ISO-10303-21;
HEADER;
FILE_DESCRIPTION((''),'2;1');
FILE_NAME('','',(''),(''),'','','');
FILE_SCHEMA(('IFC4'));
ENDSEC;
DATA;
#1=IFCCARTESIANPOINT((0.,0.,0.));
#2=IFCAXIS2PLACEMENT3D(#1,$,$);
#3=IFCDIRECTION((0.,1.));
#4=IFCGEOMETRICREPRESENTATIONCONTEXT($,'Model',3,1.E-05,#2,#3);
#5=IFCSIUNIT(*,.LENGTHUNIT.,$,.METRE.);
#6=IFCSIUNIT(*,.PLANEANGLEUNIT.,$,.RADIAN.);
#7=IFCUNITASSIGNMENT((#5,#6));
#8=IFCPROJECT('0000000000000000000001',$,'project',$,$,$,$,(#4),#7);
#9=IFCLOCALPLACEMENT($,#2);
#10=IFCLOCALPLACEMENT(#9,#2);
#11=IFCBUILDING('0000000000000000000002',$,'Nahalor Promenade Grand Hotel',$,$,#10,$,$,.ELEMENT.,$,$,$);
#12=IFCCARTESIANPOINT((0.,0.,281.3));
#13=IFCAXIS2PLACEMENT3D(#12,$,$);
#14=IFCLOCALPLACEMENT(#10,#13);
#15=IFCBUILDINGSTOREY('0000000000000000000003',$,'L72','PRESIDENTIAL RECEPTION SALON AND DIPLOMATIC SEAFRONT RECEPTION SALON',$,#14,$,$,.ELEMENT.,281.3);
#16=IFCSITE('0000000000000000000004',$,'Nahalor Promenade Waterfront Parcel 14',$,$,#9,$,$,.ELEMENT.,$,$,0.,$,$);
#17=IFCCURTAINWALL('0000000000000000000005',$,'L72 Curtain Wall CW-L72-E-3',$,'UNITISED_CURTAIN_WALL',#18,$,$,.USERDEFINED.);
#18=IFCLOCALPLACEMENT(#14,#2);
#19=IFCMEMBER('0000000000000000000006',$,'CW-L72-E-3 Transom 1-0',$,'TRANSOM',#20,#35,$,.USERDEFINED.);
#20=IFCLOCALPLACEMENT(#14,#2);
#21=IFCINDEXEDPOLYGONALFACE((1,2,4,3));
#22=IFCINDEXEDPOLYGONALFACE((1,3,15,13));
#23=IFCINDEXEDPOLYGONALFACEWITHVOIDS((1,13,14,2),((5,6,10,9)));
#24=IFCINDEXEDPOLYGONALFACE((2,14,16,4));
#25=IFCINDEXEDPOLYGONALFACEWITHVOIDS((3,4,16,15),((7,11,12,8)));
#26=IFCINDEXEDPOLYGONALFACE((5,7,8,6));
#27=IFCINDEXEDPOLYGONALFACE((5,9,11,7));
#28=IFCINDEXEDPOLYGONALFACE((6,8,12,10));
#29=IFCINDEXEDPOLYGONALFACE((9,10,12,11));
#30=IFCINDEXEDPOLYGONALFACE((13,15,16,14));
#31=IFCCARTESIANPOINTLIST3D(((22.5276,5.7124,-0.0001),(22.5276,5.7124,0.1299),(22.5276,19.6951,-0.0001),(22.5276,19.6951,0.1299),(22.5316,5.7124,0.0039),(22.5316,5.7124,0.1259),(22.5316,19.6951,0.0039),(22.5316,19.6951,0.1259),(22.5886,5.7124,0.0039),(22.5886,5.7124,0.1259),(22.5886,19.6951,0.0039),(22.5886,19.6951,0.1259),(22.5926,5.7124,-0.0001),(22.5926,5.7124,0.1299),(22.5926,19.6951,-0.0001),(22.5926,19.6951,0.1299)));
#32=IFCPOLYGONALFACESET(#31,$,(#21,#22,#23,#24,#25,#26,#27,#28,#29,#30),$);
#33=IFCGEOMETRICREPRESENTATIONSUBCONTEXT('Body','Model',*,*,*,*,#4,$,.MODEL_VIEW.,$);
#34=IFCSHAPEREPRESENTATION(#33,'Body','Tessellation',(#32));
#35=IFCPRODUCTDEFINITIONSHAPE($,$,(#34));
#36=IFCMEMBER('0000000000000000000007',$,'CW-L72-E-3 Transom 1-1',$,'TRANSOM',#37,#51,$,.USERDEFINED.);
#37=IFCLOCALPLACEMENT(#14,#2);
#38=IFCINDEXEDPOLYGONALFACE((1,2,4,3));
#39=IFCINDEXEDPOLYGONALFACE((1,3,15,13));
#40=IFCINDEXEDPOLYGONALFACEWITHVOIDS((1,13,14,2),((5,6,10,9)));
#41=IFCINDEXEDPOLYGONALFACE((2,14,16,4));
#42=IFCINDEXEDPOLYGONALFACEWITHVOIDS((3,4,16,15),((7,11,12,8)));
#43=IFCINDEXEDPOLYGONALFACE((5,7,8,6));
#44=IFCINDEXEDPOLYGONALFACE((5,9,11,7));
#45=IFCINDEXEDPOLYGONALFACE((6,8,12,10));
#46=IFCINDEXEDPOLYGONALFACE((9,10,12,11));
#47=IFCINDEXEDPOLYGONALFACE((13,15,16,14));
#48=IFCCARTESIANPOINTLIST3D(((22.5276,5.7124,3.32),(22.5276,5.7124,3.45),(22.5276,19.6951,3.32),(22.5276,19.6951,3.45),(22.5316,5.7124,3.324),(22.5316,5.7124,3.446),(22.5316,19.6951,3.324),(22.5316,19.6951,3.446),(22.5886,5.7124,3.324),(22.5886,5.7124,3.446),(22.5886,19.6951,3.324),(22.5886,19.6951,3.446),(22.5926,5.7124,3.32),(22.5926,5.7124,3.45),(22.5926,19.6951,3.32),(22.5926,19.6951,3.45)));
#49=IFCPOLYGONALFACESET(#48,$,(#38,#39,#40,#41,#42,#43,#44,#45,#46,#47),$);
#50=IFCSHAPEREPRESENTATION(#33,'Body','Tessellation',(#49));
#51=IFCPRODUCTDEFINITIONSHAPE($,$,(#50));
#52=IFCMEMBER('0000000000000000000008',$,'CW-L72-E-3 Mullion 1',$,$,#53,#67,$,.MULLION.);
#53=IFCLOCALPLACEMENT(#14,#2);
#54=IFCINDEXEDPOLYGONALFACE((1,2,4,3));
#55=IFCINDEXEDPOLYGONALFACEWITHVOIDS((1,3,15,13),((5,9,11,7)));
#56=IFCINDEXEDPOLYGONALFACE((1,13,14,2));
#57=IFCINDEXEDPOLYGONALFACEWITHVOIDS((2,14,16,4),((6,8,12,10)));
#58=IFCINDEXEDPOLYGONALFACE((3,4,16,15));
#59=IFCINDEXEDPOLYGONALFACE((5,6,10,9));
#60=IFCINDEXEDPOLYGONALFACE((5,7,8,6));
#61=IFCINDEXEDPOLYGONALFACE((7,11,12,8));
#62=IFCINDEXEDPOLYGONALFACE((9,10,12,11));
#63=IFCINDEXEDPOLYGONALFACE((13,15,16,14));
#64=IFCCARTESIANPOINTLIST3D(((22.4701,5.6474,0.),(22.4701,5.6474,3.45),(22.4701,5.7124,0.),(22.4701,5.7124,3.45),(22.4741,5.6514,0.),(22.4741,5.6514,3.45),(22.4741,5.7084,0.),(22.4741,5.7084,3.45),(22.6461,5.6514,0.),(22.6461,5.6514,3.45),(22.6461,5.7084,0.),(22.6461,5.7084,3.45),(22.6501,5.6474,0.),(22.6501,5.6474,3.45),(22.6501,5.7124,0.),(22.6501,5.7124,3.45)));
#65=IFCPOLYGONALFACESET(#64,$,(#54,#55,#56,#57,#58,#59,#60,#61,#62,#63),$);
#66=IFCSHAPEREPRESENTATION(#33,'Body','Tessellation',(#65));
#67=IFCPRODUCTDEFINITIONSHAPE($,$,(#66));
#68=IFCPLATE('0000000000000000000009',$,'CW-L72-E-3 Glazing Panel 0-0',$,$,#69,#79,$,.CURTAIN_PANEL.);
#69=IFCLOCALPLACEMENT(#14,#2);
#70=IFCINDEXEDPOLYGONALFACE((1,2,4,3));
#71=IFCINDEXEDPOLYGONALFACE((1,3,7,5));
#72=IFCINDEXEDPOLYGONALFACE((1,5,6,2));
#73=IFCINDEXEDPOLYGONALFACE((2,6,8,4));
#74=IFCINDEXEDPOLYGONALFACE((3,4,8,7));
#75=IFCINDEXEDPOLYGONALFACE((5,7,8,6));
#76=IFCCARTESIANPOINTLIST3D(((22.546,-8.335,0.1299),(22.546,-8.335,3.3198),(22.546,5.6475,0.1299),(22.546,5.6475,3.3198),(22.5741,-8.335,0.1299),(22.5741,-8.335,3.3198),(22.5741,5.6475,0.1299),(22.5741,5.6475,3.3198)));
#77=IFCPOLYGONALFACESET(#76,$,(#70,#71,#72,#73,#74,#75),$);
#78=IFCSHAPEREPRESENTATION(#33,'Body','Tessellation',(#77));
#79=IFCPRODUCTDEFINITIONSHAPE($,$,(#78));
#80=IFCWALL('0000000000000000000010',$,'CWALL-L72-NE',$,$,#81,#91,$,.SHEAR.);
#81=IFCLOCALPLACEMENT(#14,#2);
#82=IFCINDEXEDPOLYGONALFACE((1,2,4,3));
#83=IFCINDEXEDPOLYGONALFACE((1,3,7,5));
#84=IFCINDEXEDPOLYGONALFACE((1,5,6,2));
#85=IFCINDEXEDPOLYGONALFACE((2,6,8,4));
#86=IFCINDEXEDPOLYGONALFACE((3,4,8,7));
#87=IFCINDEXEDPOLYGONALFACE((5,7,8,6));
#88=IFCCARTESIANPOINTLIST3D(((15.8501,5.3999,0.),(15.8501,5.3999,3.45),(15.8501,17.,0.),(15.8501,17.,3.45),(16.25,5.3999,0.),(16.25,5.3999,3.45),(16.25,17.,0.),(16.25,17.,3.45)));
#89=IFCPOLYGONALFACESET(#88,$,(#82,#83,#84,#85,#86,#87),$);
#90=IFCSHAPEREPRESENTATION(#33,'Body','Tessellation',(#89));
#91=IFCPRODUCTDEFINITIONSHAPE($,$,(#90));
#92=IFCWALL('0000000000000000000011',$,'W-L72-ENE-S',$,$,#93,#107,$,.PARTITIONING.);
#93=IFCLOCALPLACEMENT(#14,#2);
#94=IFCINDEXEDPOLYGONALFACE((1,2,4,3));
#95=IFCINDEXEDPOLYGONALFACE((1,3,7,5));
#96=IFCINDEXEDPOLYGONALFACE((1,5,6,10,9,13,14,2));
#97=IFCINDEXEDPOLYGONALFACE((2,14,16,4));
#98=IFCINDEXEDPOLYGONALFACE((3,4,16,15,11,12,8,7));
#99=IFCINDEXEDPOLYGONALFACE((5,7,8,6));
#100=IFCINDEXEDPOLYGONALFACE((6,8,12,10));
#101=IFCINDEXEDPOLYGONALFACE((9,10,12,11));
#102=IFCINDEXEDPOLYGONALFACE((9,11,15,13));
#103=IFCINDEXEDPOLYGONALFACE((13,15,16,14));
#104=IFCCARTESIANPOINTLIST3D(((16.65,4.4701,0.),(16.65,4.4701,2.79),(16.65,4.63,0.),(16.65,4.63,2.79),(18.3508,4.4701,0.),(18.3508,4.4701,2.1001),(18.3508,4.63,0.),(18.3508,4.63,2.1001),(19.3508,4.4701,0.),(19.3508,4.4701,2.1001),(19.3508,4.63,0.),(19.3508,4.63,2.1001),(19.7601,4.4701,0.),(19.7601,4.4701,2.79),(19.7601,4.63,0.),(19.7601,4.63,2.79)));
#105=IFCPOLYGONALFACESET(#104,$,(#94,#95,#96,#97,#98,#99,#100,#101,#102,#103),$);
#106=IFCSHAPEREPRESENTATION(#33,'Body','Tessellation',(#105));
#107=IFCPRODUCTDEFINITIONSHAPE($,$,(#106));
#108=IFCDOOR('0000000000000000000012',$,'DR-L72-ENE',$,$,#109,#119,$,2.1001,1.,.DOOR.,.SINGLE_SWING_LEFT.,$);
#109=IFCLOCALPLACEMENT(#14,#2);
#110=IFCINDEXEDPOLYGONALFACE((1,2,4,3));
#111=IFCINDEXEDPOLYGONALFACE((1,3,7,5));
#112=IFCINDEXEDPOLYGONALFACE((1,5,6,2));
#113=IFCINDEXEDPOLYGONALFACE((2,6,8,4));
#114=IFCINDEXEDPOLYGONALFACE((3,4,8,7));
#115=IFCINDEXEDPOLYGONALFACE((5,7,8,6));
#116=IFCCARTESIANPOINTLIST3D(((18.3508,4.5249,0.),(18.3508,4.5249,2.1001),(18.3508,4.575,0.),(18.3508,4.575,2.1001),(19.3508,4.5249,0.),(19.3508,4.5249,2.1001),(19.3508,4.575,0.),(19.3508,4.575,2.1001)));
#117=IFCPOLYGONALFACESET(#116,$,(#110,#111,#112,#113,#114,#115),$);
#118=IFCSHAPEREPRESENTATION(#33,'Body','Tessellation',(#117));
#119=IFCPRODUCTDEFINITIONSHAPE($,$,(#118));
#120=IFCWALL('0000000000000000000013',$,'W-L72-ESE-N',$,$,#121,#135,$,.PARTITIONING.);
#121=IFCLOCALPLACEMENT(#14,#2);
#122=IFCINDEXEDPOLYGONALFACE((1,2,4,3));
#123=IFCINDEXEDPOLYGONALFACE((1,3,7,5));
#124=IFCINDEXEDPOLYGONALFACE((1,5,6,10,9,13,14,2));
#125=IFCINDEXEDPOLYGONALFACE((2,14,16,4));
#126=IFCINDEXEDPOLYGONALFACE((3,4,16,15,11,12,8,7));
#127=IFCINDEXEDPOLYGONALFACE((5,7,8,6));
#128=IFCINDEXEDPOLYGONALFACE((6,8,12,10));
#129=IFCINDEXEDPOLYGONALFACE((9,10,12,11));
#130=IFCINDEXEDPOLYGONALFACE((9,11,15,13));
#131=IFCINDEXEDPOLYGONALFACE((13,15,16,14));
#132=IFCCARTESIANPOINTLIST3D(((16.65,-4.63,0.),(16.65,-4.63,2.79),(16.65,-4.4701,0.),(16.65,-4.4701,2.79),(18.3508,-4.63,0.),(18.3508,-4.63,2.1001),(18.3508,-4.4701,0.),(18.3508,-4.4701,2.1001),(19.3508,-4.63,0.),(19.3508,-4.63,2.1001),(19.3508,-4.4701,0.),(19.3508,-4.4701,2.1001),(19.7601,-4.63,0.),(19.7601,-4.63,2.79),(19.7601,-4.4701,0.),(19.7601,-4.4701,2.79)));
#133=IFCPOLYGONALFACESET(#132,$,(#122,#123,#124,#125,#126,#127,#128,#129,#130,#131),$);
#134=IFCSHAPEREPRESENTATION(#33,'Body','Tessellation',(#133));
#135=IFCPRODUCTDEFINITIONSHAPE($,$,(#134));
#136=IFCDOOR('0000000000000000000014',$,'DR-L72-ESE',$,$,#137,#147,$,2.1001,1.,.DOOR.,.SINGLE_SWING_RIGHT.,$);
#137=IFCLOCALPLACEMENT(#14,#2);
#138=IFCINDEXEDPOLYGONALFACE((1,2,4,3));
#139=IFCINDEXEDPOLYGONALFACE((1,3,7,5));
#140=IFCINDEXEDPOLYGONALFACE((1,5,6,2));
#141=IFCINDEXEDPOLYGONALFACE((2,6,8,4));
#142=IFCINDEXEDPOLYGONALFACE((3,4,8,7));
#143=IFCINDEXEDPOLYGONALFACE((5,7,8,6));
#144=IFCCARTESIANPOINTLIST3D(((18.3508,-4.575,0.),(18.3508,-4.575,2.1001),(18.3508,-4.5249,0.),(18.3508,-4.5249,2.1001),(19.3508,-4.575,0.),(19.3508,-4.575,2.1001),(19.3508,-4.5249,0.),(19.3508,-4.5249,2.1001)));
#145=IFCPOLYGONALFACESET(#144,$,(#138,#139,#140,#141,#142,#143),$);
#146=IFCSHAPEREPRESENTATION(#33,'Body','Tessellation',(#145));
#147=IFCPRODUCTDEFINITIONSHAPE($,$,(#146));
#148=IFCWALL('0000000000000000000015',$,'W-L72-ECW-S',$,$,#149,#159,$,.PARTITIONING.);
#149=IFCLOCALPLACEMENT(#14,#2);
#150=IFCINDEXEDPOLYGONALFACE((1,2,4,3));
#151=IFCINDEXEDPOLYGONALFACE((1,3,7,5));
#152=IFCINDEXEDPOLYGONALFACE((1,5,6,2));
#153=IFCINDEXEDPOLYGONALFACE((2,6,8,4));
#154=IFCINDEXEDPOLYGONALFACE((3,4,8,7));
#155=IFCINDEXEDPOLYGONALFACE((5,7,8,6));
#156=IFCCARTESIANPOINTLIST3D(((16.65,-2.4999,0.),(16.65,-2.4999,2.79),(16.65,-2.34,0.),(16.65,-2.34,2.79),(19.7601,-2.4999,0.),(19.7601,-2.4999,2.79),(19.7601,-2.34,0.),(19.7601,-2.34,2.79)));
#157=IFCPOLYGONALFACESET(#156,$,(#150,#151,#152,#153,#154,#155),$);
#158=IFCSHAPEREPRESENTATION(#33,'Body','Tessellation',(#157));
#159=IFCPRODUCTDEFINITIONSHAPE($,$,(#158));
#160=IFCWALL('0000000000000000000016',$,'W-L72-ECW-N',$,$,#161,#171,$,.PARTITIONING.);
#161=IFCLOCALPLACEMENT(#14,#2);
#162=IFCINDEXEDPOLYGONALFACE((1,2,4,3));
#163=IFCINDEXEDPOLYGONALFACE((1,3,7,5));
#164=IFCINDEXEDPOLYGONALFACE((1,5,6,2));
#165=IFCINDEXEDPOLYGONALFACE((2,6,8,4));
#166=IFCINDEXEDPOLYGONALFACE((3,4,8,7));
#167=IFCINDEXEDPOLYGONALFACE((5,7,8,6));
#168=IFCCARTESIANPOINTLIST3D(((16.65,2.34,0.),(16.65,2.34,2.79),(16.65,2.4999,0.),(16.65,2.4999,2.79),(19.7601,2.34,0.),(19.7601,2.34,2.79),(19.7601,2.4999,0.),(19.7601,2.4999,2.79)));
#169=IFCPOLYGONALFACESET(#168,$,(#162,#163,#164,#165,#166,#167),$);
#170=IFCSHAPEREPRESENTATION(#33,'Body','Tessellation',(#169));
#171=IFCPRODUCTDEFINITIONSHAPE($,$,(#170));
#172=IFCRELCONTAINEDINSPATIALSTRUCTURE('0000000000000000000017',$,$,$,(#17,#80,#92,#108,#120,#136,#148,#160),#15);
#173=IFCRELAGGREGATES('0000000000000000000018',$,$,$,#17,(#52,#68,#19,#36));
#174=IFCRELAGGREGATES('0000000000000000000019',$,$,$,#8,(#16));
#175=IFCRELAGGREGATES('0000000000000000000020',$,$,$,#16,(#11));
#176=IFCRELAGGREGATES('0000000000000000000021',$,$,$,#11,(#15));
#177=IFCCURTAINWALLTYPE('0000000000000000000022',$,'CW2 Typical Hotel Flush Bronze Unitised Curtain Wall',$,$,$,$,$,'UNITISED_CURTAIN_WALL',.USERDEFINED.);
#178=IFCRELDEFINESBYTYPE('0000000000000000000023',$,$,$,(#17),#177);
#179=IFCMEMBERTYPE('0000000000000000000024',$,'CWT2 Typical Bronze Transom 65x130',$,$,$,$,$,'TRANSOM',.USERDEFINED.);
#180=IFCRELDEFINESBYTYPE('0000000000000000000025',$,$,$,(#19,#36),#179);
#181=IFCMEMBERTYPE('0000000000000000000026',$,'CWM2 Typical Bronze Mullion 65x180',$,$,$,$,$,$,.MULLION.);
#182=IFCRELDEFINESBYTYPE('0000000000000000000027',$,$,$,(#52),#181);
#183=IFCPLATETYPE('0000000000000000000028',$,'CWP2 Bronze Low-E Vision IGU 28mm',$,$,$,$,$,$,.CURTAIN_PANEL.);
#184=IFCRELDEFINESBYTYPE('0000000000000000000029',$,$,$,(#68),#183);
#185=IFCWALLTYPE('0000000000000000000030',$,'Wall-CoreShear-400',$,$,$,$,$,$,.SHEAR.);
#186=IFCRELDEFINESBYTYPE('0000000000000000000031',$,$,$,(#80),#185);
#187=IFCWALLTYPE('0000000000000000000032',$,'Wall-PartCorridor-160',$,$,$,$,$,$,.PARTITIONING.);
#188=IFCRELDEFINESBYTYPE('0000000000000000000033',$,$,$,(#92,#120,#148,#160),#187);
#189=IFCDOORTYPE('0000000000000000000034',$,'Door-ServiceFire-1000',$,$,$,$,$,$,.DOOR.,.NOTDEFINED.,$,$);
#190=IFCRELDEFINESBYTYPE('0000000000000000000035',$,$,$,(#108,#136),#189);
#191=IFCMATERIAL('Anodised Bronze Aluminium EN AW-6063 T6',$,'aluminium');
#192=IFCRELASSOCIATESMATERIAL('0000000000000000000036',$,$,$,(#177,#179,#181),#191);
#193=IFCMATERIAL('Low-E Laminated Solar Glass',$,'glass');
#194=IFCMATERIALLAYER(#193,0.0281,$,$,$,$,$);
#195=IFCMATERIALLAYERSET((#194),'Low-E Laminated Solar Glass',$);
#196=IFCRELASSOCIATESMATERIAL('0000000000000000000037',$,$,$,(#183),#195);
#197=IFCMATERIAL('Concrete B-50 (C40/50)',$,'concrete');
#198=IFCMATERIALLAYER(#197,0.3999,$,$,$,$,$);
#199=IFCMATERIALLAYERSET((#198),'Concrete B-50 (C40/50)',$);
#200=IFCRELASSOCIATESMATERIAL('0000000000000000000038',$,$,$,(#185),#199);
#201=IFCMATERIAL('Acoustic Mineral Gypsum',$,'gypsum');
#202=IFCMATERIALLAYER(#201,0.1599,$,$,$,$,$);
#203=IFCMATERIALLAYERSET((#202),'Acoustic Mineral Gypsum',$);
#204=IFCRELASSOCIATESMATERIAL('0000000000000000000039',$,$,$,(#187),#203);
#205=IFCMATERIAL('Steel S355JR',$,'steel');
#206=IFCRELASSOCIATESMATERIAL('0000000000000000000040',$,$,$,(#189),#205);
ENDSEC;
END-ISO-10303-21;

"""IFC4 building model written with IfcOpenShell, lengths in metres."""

from ifc_helpers import new_model, si_unit, direction, frame, frame_2d, origin, origin_2d, place, context, subcontext, project, spatial, rectangle, hollow_rectangle, extrude, source, transform, mapped, material, layer, layer_set, material_profile, profile_set, type_object, element, fill, aggregate, save


model = new_model("IFC4")

# Units and contexts
model_context = context("Model", 3, precision=1e-05, world=origin(), true_north=direction((0.0, 1.0)))
body_context = subcontext(model_context, "Body", "Model", "MODEL_VIEW")
ifc_project = project(units=[si_unit("LENGTHUNIT", "METRE"), si_unit("PLANEANGLEUNIT", "RADIAN")], contexts=[model_context])

# Site, building, storey
site_placement = place(None, origin())
site = spatial("IfcSite", under=ifc_project, at=site_placement, Name="Nahalor Promenade Waterfront Parcel 14", CompositionType="ELEMENT", RefElevation=0.0)
building_placement = place(site_placement, origin())
building = spatial("IfcBuilding", under=site, at=building_placement, Name="Nahalor Promenade Grand Hotel", CompositionType="ELEMENT")
storey_placement = place(building_placement, frame((0.0, 0.0, 281.3)))
storey = spatial("IfcBuildingStorey", under=building, at=storey_placement, Name="L72", Description="PRESIDENTIAL RECEPTION SALON AND DIPLOMATIC SEAFRONT RECEPTION SALON", CompositionType="ELEMENT", Elevation=281.3)

# Shared definitions
ifc_material_1 = material(Name="Steel S355JR", Category="steel")

# Curtain wall, members, plate
ifc_material_2 = material(Name="Anodised Bronze Aluminium EN AW-6063 T6", Category="aluminium")
curtain_wall_type = type_object("IfcCurtainWallType", Name="CW2 Typical Hotel Flush Bronze Unitised Curtain Wall", ElementType="UNITISED_CURTAIN_WALL", PredefinedType="USERDEFINED", material=ifc_material_2)
curtain_wall_placement = place(storey_placement, origin())
curtain_wall = element("IfcCurtainWall", 1, at=curtain_wall_placement, inside=storey, type_object=curtain_wall_type, Name="L72 Curtain Wall CW-L72-E-3", ObjectType="UNITISED_CURTAIN_WALL", PredefinedType="USERDEFINED")
ifc_material_profile_1 = material_profile(ifc_material_2, hollow_rectangle(XDim=0.065, YDim=0.13, WallThickness=0.004, at=origin_2d()), Name="CWT 65x130x4")
ifc_profile_set_1 = profile_set([ifc_material_profile_1], Name="Anodised Bronze Aluminium EN AW-6063 T6")
member_type_1 = type_object("IfcMemberType", Name="CWT2 Typical Bronze Transom 65x130", ElementType="TRANSOM", PredefinedType="USERDEFINED", material=ifc_profile_set_1)
shared_shape_1 = source(origin(), body_context, "Body", "SweptSolid", [
    extrude(hollow_rectangle(XDim=0.065, YDim=0.13, WallThickness=0.004, at=origin_2d()), origin(), (0.0, 0.0, 1.0), 13.9827),
])
member_1_placement = place(storey_placement, frame((22.5601, 5.7124, 0.0649), z_axis=(0.0, 1.0, 0.0), x_axis=(-1.0, 0.0, 0.0)))
member_1 = element("IfcMember", 2, at=member_1_placement, type_object=member_type_1, Name="CW-L72-E-3 Transom 1-0", ObjectType="TRANSOM", PredefinedType="USERDEFINED", context=body_context, shape_type="MappedRepresentation", body=[
    mapped(shared_shape_1, transform((0.0, 0.0, 0.0), scale=1.0)),
])
member_2_placement = place(storey_placement, frame((22.5601, 5.7124, 3.385), z_axis=(0.0, 1.0, 0.0), x_axis=(-1.0, 0.0, 0.0)))
member_2 = element("IfcMember", 3, at=member_2_placement, type_object=member_type_1, Name="CW-L72-E-3 Transom 1-1", ObjectType="TRANSOM", PredefinedType="USERDEFINED", context=body_context, shape_type="MappedRepresentation", body=[
    mapped(shared_shape_1, transform((0.0, 0.0, 0.0), scale=1.0)),
])
ifc_material_profile_2 = material_profile(ifc_material_2, hollow_rectangle(XDim=0.065, YDim=0.18, WallThickness=0.004, at=origin_2d()), Name="CWM 65x180x4")
ifc_profile_set_2 = profile_set([ifc_material_profile_2], Name="Anodised Bronze Aluminium EN AW-6063 T6")
member_type_2 = type_object("IfcMemberType", Name="CWM2 Typical Bronze Mullion 65x180", PredefinedType="MULLION", material=ifc_profile_set_2)
shared_shape_2 = source(origin(), body_context, "Body", "SweptSolid", [
    extrude(hollow_rectangle(XDim=0.065, YDim=0.18, WallThickness=0.004, at=origin_2d()), origin(), (0.0, 0.0, 1.0), 3.45),
])
member_3_placement = place(storey_placement, frame((22.5601, 5.6799, 0.0), z_axis=(0.0, 0.0, 1.0), x_axis=(0.0, 1.0, 0.0)))
member_3 = element("IfcMember", 4, at=member_3_placement, type_object=member_type_2, Name="CW-L72-E-3 Mullion 1", PredefinedType="MULLION", context=body_context, shape_type="MappedRepresentation", body=[
    mapped(shared_shape_2, transform((0.0, 0.0, 0.0), scale=1.0)),
])
ifc_material_3 = material(Name="Low-E Laminated Solar Glass", Category="glass")
ifc_layer_1 = layer(ifc_material_3, 0.0281)
ifc_layer_set_1 = layer_set([ifc_layer_1], Name="Low-E Laminated Solar Glass")
plate_type = type_object("IfcPlateType", Name="CWP2 Bronze Low-E Vision IGU 28mm", PredefinedType="CURTAIN_PANEL", material=ifc_layer_set_1)
shared_shape_3 = source(origin(), body_context, "Body", "SweptSolid", [
    extrude(rectangle(XDim=13.9824, YDim=0.0281, at=origin_2d()), origin(), (0.0, 0.0, 1.0), 3.1899),
])
plate_placement = place(storey_placement, frame((22.5601, -1.3438, 0.1299), z_axis=(0.0, 0.0, 1.0), x_axis=(0.0, 1.0, 0.0)))
plate = element("IfcPlate", 5, at=plate_placement, type_object=plate_type, Name="CW-L72-E-3 Glazing Panel 0-0", PredefinedType="CURTAIN_PANEL", context=body_context, shape_type="MappedRepresentation", body=[
    mapped(shared_shape_3, transform((0.0, 0.0, 0.0), scale=1.0)),
])
aggregate(curtain_wall, [member_3, plate, member_1, member_2])

# Wall
ifc_material_4 = material(Name="Concrete B-50 (C40/50)", Category="concrete")
ifc_layer_2 = layer(ifc_material_4, 0.3999)
ifc_layer_set_2 = layer_set([ifc_layer_2], Name="Concrete B-50 (C40/50)")
wall_type_1 = type_object("IfcWallType", Name="Wall-CoreShear-400", PredefinedType="SHEAR", material=ifc_layer_set_2)
shared_shape_4 = source(origin(), body_context, "Body", "SweptSolid", [
    extrude(rectangle(XDim=11.6001, YDim=0.3999, at=frame_2d((5.8, 0.0))), origin(), (0.0, 0.0, 1.0), 3.45),
])
wall_1_placement = place(storey_placement, frame((16.05, 5.3999, 0.0), z_axis=(0.0, 0.0, 1.0), x_axis=(0.0, 1.0, 0.0)))
element("IfcWall", 6, at=wall_1_placement, inside=storey, type_object=wall_type_1, Name="CWALL-L72-NE", PredefinedType="SHEAR", context=body_context, shape_type="MappedRepresentation", body=[
    mapped(shared_shape_4, transform((0.0, 0.0, 0.0), scale=1.0)),
])

# Walls, openings, doors
ifc_material_5 = material(Name="Acoustic Mineral Gypsum", Category="gypsum")
ifc_layer_3 = layer(ifc_material_5, 0.1599)
ifc_layer_set_3 = layer_set([ifc_layer_3], Name="Acoustic Mineral Gypsum")
wall_type_2 = type_object("IfcWallType", Name="Wall-PartCorridor-160", PredefinedType="PARTITIONING", material=ifc_layer_set_3)
shared_shape_5 = source(origin(), body_context, "Body", "SweptSolid", [
    extrude(rectangle(XDim=3.1101, YDim=0.1599, at=frame_2d((1.5552, 0.0))), origin(), (0.0, 0.0, 1.0), 2.79),
])
wall_2_placement = place(storey_placement, frame((16.6499, 4.55, 0.0), z_axis=(0.0, 0.0, 1.0), x_axis=(1.0, 0.0, 0.0)))
wall_2 = element("IfcWall", 7, at=wall_2_placement, inside=storey, type_object=wall_type_2, Name="W-L72-ENE-S", PredefinedType="PARTITIONING", context=body_context, shape_type="MappedRepresentation", body=[
    mapped(shared_shape_5, transform((0.0, 0.0, 0.0), scale=1.0)),
])
opening_1_placement = place(wall_2_placement, frame((1.7009, 0.0, 0.0)))
opening_1 = element("IfcOpeningElement", 8, at=opening_1_placement, cuts=wall_2, PredefinedType="OPENING", context=body_context, shape_type="SweptSolid", body=[
    extrude(rectangle(XDim=1.0, YDim=2.1001, at=frame_2d((0.5, 1.05))), frame((0.0, 0.0898, 0.0), z_axis=(0.0, -1.0, 0.0), x_axis=(1.0, 0.0, 0.0)), (0.0, 0.0, 1.0), 0.1799),
])
door_type_1 = type_object("IfcDoorType", Name="Door-ServiceFire-1000", OperationType="NOTDEFINED", PredefinedType="DOOR", material=ifc_material_1)
shared_shape_6 = source(origin(), body_context, "Body", "SweptSolid", [
    extrude(rectangle(XDim=1.0, YDim=2.1001, at=frame_2d((0.5, 1.05))), frame((0.0, 0.0249, 0.0), z_axis=(0.0, -1.0, 0.0), x_axis=(1.0, 0.0, 0.0)), (0.0, 0.0, 1.0), 0.05),
])
door_1_placement = place(opening_1_placement, origin())
door_1 = element("IfcDoor", 9, at=door_1_placement, inside=storey, type_object=door_type_1, Name="DR-L72-ENE", OperationType="SINGLE_SWING_LEFT", OverallHeight=2.1001, OverallWidth=1.0, PredefinedType="DOOR", context=body_context, shape_type="MappedRepresentation", body=[
    mapped(shared_shape_6, transform((0.0, 0.0, 0.0), scale=1.0)),
])
fill(opening_1, door_1)
wall_3_placement = place(storey_placement, frame((16.6499, -4.55, 0.0), z_axis=(0.0, 0.0, 1.0), x_axis=(1.0, 0.0, 0.0)))
wall_3 = element("IfcWall", 10, at=wall_3_placement, inside=storey, type_object=wall_type_2, Name="W-L72-ESE-N", PredefinedType="PARTITIONING", context=body_context, shape_type="MappedRepresentation", body=[
    mapped(shared_shape_5, transform((0.0, 0.0, 0.0), scale=1.0)),
])
opening_2_placement = place(wall_3_placement, frame((1.7009, 0.0, 0.0)))
opening_2 = element("IfcOpeningElement", 11, at=opening_2_placement, cuts=wall_3, PredefinedType="OPENING", context=body_context, shape_type="SweptSolid", body=[
    extrude(rectangle(XDim=1.0, YDim=2.1001, at=frame_2d((0.5, 1.05))), frame((0.0, 0.0898, 0.0), z_axis=(0.0, -1.0, 0.0), x_axis=(1.0, 0.0, 0.0)), (0.0, 0.0, 1.0), 0.1799),
])
door_2_placement = place(opening_2_placement, frame((1.0, 0.0, 0.0), z_axis=(0.0, 0.0, 1.0), x_axis=(-1.0, 0.0, 0.0)))
door_2 = element("IfcDoor", 12, at=door_2_placement, inside=storey, type_object=door_type_1, Name="DR-L72-ESE", OperationType="SINGLE_SWING_RIGHT", OverallHeight=2.1001, OverallWidth=1.0, PredefinedType="DOOR", context=body_context, shape_type="MappedRepresentation", body=[
    mapped(shared_shape_6, transform((0.0, 0.0, 0.0), scale=1.0)),
])
fill(opening_2, door_2)

# Walls
for number, where, z_axis, x_axis, name in (
    (13, (16.6499, -2.4199, 0.0), (0.0, 0.0, 1.0), (1.0, 0.0, 0.0), "W-L72-ECW-S"),
    (14, (16.6499, 2.4199, 0.0), (0.0, 0.0, 1.0), (1.0, 0.0, 0.0), "W-L72-ECW-N"),
):
    element("IfcWall", number, at=place(storey_placement, frame(where, z_axis=z_axis, x_axis=x_axis)), inside=storey, type_object=wall_type_2, Name=name, PredefinedType="PARTITIONING", context=body_context, shape_type="MappedRepresentation", body=[
        mapped(shared_shape_5, transform((0.0, 0.0, 0.0), scale=1.0)),
    ])

save(model, "model.ifc")
